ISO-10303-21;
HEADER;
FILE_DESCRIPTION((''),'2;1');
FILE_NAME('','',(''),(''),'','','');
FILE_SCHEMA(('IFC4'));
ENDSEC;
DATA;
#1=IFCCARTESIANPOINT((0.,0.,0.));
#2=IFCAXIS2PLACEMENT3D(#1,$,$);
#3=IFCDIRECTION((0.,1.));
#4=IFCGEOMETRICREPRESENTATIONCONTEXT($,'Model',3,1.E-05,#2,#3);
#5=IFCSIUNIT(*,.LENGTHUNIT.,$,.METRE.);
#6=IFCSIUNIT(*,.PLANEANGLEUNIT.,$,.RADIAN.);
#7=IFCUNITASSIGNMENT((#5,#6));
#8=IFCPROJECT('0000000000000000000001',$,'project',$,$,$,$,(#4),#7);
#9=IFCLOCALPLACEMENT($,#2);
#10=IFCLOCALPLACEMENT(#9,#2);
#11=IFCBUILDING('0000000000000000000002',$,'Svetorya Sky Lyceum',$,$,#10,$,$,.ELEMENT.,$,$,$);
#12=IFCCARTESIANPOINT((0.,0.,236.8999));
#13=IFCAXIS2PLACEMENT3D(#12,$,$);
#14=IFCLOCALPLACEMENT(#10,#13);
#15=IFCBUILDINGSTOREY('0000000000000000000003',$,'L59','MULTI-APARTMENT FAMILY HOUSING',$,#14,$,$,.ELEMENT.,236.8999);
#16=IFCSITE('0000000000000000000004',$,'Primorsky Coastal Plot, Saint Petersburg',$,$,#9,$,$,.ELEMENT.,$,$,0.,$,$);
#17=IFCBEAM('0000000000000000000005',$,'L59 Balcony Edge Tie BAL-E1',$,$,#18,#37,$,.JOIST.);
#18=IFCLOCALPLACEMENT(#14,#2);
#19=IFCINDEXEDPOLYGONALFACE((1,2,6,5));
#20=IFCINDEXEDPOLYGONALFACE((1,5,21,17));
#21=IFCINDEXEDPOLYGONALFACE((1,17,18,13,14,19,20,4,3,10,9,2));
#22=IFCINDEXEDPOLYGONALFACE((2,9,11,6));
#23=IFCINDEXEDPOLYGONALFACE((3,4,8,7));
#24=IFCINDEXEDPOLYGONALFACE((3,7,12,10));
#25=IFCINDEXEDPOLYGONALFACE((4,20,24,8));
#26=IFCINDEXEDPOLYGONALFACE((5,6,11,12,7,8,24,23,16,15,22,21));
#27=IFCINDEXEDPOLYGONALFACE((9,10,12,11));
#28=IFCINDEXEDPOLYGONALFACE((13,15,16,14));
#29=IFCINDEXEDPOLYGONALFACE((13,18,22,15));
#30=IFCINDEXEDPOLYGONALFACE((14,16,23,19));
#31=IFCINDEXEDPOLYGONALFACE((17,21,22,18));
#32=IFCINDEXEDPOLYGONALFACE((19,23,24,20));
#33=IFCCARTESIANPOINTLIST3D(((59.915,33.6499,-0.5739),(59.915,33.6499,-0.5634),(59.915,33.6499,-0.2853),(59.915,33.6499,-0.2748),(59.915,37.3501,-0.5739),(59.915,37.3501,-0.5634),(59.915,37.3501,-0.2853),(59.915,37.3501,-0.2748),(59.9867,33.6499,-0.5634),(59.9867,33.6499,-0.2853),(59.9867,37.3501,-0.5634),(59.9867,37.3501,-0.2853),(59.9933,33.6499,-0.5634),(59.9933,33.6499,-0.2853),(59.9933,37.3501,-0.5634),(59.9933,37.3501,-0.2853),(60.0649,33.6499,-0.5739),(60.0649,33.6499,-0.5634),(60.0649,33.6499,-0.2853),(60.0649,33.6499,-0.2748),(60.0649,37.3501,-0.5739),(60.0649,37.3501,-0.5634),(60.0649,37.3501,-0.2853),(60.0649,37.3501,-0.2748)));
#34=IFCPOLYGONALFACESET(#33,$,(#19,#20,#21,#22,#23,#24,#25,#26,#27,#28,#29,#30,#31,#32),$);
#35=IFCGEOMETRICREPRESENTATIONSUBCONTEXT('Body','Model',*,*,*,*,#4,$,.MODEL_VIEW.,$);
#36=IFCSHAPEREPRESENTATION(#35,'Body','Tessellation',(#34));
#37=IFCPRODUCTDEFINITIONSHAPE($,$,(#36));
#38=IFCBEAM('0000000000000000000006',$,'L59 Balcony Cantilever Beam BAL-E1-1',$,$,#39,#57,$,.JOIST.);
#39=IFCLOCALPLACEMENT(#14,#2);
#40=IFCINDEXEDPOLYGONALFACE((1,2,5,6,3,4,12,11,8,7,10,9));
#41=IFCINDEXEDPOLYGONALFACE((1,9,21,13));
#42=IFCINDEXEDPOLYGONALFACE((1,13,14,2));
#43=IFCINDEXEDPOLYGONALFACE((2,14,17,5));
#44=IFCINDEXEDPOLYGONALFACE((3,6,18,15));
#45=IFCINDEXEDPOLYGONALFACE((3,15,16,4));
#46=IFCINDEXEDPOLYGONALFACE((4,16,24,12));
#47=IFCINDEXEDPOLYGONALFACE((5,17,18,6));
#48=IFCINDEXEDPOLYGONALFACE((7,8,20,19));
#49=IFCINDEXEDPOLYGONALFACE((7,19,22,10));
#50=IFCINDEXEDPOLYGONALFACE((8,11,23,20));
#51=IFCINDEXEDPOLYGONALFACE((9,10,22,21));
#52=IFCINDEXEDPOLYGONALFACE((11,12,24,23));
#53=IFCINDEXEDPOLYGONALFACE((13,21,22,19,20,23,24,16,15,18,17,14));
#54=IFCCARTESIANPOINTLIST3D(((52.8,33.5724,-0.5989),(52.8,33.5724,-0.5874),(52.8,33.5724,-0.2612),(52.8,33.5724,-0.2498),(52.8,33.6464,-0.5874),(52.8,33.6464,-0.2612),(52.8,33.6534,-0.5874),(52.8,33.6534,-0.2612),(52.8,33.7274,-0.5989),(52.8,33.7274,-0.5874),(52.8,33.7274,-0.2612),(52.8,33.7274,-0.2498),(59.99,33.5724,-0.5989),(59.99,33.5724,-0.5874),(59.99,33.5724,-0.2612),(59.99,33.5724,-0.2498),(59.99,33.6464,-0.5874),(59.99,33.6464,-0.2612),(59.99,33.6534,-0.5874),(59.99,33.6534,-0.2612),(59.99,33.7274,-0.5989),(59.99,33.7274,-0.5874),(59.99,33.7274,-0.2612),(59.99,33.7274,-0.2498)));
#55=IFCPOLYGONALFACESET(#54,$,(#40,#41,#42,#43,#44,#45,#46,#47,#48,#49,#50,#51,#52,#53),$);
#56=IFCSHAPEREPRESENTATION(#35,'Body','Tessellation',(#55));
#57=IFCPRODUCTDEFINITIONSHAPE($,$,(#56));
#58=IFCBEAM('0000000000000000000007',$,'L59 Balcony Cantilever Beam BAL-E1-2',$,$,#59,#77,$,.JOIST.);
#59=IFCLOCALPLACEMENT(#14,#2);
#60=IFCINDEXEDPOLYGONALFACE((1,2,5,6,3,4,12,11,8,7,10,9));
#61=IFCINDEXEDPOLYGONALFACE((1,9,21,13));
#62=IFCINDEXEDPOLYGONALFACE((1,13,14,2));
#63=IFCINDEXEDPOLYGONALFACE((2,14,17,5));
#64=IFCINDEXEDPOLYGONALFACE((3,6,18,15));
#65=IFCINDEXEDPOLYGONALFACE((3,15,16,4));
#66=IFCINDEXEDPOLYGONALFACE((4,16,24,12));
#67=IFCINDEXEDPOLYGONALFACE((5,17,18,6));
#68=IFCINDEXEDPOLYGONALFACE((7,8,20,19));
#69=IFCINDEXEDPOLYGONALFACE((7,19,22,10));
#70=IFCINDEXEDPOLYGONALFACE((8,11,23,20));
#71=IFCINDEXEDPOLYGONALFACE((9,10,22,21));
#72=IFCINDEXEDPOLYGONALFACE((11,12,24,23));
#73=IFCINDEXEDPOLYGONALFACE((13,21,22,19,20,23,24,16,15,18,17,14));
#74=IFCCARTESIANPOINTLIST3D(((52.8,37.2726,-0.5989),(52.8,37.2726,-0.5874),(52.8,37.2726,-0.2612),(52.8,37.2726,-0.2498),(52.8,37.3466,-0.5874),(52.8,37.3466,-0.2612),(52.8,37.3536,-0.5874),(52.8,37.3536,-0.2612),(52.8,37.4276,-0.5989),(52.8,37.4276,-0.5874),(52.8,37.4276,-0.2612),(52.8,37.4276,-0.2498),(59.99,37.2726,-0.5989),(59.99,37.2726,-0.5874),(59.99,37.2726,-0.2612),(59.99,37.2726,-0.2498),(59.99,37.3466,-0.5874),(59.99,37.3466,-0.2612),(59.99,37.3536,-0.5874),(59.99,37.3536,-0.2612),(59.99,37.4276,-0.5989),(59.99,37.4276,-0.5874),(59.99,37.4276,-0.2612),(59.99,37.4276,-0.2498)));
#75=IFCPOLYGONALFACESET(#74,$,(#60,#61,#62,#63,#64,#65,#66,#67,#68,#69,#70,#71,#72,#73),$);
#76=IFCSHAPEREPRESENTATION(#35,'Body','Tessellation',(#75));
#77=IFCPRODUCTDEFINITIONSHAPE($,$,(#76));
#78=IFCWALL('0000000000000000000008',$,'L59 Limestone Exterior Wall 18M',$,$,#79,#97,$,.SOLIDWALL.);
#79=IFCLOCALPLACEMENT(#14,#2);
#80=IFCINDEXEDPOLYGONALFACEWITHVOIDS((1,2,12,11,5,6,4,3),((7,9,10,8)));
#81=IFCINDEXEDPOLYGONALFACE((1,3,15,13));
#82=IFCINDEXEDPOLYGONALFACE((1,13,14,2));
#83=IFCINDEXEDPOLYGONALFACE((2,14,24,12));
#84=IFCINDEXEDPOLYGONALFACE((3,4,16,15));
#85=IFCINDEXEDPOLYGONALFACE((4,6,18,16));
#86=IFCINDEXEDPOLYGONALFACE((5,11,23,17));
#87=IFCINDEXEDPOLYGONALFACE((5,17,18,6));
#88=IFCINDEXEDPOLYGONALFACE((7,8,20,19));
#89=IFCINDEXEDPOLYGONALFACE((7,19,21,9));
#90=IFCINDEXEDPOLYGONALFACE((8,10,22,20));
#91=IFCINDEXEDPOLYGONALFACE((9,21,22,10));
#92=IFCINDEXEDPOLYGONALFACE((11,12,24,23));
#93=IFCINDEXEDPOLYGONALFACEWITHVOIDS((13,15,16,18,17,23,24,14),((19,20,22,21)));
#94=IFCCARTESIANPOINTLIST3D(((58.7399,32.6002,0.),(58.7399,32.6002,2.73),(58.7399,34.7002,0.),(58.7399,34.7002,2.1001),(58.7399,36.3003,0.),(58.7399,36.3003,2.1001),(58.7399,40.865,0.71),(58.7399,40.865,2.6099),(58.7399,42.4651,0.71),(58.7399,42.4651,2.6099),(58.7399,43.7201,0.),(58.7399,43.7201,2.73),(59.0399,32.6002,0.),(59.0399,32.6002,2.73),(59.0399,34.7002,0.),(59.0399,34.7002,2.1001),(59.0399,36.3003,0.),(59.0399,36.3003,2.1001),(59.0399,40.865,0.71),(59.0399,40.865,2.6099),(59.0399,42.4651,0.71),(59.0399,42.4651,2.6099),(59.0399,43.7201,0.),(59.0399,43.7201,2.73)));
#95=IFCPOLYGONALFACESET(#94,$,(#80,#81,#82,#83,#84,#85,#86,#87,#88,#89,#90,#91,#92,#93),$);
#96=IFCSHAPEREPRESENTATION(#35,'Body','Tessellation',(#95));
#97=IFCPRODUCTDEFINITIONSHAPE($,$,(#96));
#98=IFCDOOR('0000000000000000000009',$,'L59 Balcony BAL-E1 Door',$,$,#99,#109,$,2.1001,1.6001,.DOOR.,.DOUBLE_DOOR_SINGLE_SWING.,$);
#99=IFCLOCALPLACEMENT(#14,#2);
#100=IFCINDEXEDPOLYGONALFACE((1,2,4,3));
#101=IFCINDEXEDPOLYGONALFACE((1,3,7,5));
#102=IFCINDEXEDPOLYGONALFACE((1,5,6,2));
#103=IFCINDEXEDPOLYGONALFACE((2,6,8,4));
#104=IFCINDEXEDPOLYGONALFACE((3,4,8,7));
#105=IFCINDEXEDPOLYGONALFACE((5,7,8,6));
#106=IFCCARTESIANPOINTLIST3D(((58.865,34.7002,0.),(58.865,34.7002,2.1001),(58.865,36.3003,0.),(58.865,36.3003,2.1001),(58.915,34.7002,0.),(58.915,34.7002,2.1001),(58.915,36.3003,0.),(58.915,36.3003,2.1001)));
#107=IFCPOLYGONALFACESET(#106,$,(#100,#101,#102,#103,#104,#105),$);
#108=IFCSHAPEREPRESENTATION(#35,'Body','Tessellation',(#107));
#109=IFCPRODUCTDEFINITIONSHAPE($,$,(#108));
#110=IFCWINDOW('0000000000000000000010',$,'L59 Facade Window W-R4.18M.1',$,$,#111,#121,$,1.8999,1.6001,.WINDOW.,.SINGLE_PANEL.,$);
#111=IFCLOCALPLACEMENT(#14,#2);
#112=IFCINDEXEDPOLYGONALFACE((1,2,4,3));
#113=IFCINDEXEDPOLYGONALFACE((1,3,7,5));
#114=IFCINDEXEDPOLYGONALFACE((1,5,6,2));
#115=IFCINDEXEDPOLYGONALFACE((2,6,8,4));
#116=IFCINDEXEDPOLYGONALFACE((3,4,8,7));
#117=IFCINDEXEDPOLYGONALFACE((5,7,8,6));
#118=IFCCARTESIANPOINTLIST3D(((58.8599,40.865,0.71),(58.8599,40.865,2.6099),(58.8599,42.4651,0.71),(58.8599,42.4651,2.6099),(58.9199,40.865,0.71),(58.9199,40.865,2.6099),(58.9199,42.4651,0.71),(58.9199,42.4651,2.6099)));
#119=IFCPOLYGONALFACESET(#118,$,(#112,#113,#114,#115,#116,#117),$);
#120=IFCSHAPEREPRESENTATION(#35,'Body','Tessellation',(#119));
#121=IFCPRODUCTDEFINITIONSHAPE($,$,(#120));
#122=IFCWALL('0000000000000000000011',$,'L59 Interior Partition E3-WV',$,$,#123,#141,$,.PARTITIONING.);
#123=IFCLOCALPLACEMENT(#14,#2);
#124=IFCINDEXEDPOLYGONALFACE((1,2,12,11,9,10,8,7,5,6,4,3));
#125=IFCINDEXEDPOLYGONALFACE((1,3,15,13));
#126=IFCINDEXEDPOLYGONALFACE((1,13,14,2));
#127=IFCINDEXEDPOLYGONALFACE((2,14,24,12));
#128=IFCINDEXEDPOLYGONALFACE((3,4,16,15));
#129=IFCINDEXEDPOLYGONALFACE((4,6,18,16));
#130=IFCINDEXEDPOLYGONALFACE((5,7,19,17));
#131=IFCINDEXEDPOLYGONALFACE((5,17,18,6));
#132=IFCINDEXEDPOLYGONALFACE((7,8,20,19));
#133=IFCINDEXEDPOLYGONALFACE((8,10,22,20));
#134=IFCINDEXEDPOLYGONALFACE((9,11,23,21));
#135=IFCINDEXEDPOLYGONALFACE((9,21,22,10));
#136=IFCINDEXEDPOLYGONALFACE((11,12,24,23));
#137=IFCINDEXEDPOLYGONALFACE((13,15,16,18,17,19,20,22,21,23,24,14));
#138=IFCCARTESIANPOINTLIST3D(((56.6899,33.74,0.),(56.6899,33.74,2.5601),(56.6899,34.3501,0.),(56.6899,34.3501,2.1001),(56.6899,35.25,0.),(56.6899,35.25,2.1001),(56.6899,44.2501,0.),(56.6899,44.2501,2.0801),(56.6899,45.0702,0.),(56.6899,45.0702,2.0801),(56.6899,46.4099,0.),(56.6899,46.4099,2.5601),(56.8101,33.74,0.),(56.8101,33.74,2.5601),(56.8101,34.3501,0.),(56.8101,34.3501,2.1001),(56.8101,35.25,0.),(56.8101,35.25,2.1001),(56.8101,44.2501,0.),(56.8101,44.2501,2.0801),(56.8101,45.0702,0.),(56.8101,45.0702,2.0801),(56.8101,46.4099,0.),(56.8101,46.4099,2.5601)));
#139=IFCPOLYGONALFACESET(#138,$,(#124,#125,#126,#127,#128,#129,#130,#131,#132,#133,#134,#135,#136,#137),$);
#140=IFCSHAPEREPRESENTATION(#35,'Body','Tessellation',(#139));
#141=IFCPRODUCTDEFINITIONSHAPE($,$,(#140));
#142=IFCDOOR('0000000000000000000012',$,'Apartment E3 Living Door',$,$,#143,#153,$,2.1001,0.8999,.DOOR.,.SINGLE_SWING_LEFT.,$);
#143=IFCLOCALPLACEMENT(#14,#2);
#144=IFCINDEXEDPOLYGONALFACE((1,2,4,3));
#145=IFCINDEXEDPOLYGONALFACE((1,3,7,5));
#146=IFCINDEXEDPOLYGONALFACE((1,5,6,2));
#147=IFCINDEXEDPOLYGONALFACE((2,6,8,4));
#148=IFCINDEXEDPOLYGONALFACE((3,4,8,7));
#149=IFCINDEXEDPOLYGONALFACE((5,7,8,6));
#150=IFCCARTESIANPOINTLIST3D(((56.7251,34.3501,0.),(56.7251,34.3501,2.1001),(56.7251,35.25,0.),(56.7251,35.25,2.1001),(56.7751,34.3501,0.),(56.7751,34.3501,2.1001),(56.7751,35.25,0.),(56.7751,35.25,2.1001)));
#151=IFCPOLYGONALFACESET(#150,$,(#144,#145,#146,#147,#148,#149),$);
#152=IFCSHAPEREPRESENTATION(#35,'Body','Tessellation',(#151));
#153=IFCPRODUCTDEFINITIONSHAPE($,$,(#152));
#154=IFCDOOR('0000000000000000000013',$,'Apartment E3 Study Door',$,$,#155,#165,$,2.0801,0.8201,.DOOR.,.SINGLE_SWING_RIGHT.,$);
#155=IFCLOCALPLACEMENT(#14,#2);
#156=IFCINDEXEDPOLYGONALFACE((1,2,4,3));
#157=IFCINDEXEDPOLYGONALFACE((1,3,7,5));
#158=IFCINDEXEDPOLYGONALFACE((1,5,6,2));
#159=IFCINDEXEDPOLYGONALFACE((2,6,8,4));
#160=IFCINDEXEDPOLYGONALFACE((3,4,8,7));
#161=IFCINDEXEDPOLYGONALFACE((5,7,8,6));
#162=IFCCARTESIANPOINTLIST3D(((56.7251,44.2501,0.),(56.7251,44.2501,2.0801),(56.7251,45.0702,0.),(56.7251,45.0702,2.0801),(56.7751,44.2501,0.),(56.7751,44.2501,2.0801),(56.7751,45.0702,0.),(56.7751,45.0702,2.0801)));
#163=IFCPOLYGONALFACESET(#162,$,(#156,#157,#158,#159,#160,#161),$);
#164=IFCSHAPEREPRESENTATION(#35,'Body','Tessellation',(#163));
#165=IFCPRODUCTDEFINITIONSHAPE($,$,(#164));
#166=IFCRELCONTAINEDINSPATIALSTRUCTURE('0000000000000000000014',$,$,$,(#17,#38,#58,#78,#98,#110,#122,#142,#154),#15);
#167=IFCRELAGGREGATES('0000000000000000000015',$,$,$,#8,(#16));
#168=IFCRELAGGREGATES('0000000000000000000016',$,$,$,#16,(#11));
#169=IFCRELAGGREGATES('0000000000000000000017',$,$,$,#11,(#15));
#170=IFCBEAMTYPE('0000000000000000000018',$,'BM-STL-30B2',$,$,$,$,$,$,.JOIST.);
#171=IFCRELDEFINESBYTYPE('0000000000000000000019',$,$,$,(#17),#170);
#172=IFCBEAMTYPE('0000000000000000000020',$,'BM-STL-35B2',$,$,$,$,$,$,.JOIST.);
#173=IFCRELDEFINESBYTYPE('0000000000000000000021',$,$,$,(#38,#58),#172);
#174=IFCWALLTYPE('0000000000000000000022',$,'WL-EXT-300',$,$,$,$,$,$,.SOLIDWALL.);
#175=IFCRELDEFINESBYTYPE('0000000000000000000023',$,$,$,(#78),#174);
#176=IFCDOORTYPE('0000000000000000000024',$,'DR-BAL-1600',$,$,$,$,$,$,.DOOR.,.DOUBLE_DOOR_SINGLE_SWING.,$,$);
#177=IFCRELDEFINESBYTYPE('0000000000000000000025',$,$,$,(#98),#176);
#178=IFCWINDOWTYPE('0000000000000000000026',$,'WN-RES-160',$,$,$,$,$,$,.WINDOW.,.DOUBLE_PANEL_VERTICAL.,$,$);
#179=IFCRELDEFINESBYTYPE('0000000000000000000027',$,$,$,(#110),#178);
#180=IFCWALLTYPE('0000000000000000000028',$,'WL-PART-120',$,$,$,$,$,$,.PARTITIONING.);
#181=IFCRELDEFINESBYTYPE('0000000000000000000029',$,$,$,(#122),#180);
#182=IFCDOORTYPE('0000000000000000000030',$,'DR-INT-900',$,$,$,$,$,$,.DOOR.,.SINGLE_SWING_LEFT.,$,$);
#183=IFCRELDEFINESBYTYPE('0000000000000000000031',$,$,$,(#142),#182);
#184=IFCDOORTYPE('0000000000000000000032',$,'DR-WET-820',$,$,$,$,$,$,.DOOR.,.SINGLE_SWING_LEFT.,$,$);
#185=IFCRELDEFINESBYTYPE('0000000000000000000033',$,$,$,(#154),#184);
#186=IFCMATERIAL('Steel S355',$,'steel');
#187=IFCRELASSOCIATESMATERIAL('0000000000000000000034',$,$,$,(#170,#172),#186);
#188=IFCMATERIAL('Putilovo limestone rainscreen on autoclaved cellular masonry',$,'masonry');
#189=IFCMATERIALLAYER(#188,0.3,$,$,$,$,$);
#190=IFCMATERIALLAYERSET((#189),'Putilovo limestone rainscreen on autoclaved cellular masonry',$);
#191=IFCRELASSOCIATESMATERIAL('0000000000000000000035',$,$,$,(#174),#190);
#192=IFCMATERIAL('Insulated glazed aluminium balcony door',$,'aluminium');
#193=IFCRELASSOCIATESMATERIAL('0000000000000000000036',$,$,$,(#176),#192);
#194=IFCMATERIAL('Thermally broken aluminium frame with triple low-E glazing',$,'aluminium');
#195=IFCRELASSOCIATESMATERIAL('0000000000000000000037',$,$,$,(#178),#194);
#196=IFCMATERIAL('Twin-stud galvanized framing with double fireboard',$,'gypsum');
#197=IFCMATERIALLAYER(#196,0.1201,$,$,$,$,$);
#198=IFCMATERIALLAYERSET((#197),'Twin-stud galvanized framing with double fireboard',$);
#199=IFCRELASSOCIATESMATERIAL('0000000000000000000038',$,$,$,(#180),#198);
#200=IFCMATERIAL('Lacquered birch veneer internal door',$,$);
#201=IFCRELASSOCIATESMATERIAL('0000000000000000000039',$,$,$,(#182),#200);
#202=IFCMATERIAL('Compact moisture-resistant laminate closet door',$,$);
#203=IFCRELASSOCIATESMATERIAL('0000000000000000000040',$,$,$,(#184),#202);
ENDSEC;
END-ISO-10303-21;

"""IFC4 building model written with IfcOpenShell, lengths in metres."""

from ifc_helpers import new_model, si_unit, direction, frame, frame_2d, origin, origin_2d, place, context, subcontext, project, spatial, rectangle, i_section, extrude, material, layer, layer_set, material_profile, profile_set, type_object, element, fill, save


model = new_model("IFC4")

# Units and contexts
model_context = context("Model", 3, precision=1e-05, world=origin(), true_north=direction((0.0, 1.0)))
body_context = subcontext(model_context, "Body", "Model", "MODEL_VIEW")
ifc_project = project(units=[si_unit("LENGTHUNIT", "METRE"), si_unit("PLANEANGLEUNIT", "RADIAN")], contexts=[model_context])

# Site, building, storey
site_placement = place(None, origin())
site = spatial("IfcSite", under=ifc_project, at=site_placement, Name="Primorsky Coastal Plot, Saint Petersburg", CompositionType="ELEMENT", RefElevation=0.0)
building_placement = place(site_placement, origin())
building = spatial("IfcBuilding", under=site, at=building_placement, Name="Svetorya Sky Lyceum", CompositionType="ELEMENT")
storey_placement = place(building_placement, frame((0.0, 0.0, 236.8999)))
storey = spatial("IfcBuildingStorey", under=building, at=storey_placement, Name="L59", Description="MULTI-APARTMENT FAMILY HOUSING", CompositionType="ELEMENT", Elevation=236.8999)

# Beams
ifc_material_1 = material(Name="Steel S355", Category="steel")
ifc_material_profile_1 = material_profile(ifc_material_1, i_section(OverallWidth=0.1499, OverallDepth=0.2991, WebThickness=0.0066, FlangeThickness=0.0105, at=origin_2d()), Name="GOST 30B2")
ifc_profile_set_1 = profile_set([ifc_material_profile_1], Name="Steel S355")
beam_type_1 = type_object("IfcBeamType", Name="BM-STL-30B2", PredefinedType="JOIST", material=ifc_profile_set_1)
beam_placement = place(storey_placement, frame((59.99, 33.6499, -0.4243), z_axis=(0.0, 1.0, 0.0), x_axis=(-1.0, 0.0, 0.0)))
element("IfcBeam", 1, at=beam_placement, inside=storey, type_object=beam_type_1, Name="L59 Balcony Edge Tie BAL-E1", PredefinedType="JOIST", context=body_context, shape_type="SweptSolid", body=[
    extrude(i_section(OverallWidth=0.1499, OverallDepth=0.2991, WebThickness=0.0066, FlangeThickness=0.0105, at=origin_2d()), origin(), (0.0, 0.0, 1.0), 3.7002),
])
ifc_material_profile_2 = material_profile(ifc_material_1, i_section(OverallWidth=0.155, OverallDepth=0.3491, WebThickness=0.0071, FlangeThickness=0.0115, at=origin_2d()), Name="GOST 35B2")
ifc_profile_set_2 = profile_set([ifc_material_profile_2], Name="Steel S355")
beam_type_2 = type_object("IfcBeamType", Name="BM-STL-35B2", PredefinedType="JOIST", material=ifc_profile_set_2)
for number, where, z_axis, x_axis, name in (
    (2, (52.8, 33.6499, -0.4243), (1.0, 0.0, 0.0), (0.0, 1.0, 0.0), "L59 Balcony Cantilever Beam BAL-E1-1"),
    (3, (52.8, 37.3501, -0.4243), (1.0, 0.0, 0.0), (0.0, 1.0, 0.0), "L59 Balcony Cantilever Beam BAL-E1-2"),
):
    element("IfcBeam", number, at=place(storey_placement, frame(where, z_axis=z_axis, x_axis=x_axis)), inside=storey, type_object=beam_type_2, Name=name, PredefinedType="JOIST", context=body_context, shape_type="SweptSolid", body=[
        extrude(i_section(OverallWidth=0.155, OverallDepth=0.3491, WebThickness=0.0071, FlangeThickness=0.0115, at=origin_2d()), origin(), (0.0, 0.0, 1.0), 7.1899),
    ])

# Wall, openings, door, window
ifc_material_2 = material(Name="Putilovo limestone rainscreen on autoclaved cellular masonry", Category="masonry")
ifc_layer_1 = layer(ifc_material_2, 0.3)
ifc_layer_set_1 = layer_set([ifc_layer_1], Name="Putilovo limestone rainscreen on autoclaved cellular masonry")
wall_type_1 = type_object("IfcWallType", Name="WL-EXT-300", PredefinedType="SOLIDWALL", material=ifc_layer_set_1)
wall_1_placement = place(storey_placement, frame((58.8899, 32.6001, 0.0), z_axis=(0.0, 0.0, 1.0), x_axis=(0.0, 1.0, 0.0)))
wall_1 = element("IfcWall", 4, at=wall_1_placement, inside=storey, type_object=wall_type_1, Name="L59 Limestone Exterior Wall 18M", PredefinedType="SOLIDWALL", context=body_context, shape_type="SweptSolid", body=[
    extrude(rectangle(XDim=11.1199, YDim=0.3, at=frame_2d((5.5601, 0.0))), origin(), (0.0, 0.0, 1.0), 2.73),
])
opening_1_placement = place(wall_1_placement, frame((2.1001, 0.0, 0.0)))
opening_1 = element("IfcOpeningElement", 5, at=opening_1_placement, cuts=wall_1, PredefinedType="OPENING", context=body_context, shape_type="SweptSolid", body=[
    extrude(rectangle(XDim=1.6001, YDim=2.1001, at=frame_2d((0.8, 1.05))), frame((0.0, 0.1599, 0.0), z_axis=(0.0, -1.0, 0.0), x_axis=(1.0, 0.0, 0.0)), (0.0, 0.0, 1.0), 0.3201),
])
opening_2_placement = place(wall_1_placement, frame((8.2649, 0.0, 0.71)))
opening_2 = element("IfcOpeningElement", 6, at=opening_2_placement, cuts=wall_1, PredefinedType="OPENING", context=body_context, shape_type="SweptSolid", body=[
    extrude(rectangle(XDim=1.6001, YDim=1.8999, at=frame_2d((0.8, 0.95))), frame((0.0, 0.1599, 0.0), z_axis=(0.0, -1.0, 0.0), x_axis=(1.0, 0.0, 0.0)), (0.0, 0.0, 1.0), 0.3201),
])
ifc_material_3 = material(Name="Insulated glazed aluminium balcony door", Category="aluminium")
door_type_1 = type_object("IfcDoorType", Name="DR-BAL-1600", OperationType="DOUBLE_DOOR_SINGLE_SWING", PredefinedType="DOOR", material=ifc_material_3)
door_1_placement = place(opening_1_placement, origin())
door_1 = element("IfcDoor", 7, at=door_1_placement, inside=storey, type_object=door_type_1, Name="L59 Balcony BAL-E1 Door", OperationType="DOUBLE_DOOR_SINGLE_SWING", OverallHeight=2.1001, OverallWidth=1.6001, PredefinedType="DOOR", context=body_context, shape_type="SweptSolid", body=[
    extrude(rectangle(XDim=1.6001, YDim=2.1001, at=frame_2d((0.8, 1.05))), frame((0.0, 0.0249, 0.0), z_axis=(0.0, -1.0, 0.0), x_axis=(1.0, 0.0, 0.0)), (0.0, 0.0, 1.0), 0.05),
])
fill(opening_1, door_1)
ifc_material_4 = material(Name="Thermally broken aluminium frame with triple low-E glazing", Category="aluminium")
window_type = type_object("IfcWindowType", Name="WN-RES-160", PartitioningType="DOUBLE_PANEL_VERTICAL", PredefinedType="WINDOW", material=ifc_material_4)
window_placement = place(opening_2_placement, origin())
window = element("IfcWindow", 8, at=window_placement, inside=storey, type_object=window_type, Name="L59 Facade Window W-R4.18M.1", OverallHeight=1.8999, OverallWidth=1.6001, PartitioningType="SINGLE_PANEL", PredefinedType="WINDOW", context=body_context, shape_type="SweptSolid", body=[
    extrude(rectangle(XDim=1.6001, YDim=1.8999, at=frame_2d((0.8, 0.95))), frame((0.0, 0.03, 0.0), z_axis=(0.0, -1.0, 0.0), x_axis=(1.0, 0.0, 0.0)), (0.0, 0.0, 1.0), 0.0601),
])
fill(opening_2, window)

# Wall, openings, doors
ifc_material_5 = material(Name="Twin-stud galvanized framing with double fireboard", Category="gypsum")
ifc_layer_2 = layer(ifc_material_5, 0.1201)
ifc_layer_set_2 = layer_set([ifc_layer_2], Name="Twin-stud galvanized framing with double fireboard")
wall_type_2 = type_object("IfcWallType", Name="WL-PART-120", PredefinedType="PARTITIONING", material=ifc_layer_set_2)
wall_2_placement = place(storey_placement, frame((56.75, 33.74, 0.0), z_axis=(0.0, 0.0, 1.0), x_axis=(0.0, 1.0, 0.0)))
wall_2 = element("IfcWall", 9, at=wall_2_placement, inside=storey, type_object=wall_type_2, Name="L59 Interior Partition E3-WV", PredefinedType="PARTITIONING", context=body_context, shape_type="SweptSolid", body=[
    extrude(rectangle(XDim=12.6699, YDim=0.1201, at=frame_2d((6.335, 0.0))), origin(), (0.0, 0.0, 1.0), 2.5601),
])
opening_3_placement = place(wall_2_placement, frame((0.6101, 0.0, 0.0)))
opening_3 = element("IfcOpeningElement", 10, at=opening_3_placement, cuts=wall_2, PredefinedType="OPENING", context=body_context, shape_type="SweptSolid", body=[
    extrude(rectangle(XDim=0.8999, YDim=2.1001, at=frame_2d((0.45, 1.05))), frame((0.0, 0.0701, 0.0), z_axis=(0.0, -1.0, 0.0), x_axis=(1.0, 0.0, 0.0)), (0.0, 0.0, 1.0), 0.1401),
])
opening_4_placement = place(wall_2_placement, frame((10.51, 0.0, 0.0)))
opening_4 = element("IfcOpeningElement", 11, at=opening_4_placement, cuts=wall_2, PredefinedType="OPENING", context=body_context, shape_type="SweptSolid", body=[
    extrude(rectangle(XDim=0.8201, YDim=2.0801, at=frame_2d((0.4102, 1.04))), frame((0.0, 0.0701, 0.0), z_axis=(0.0, -1.0, 0.0), x_axis=(1.0, 0.0, 0.0)), (0.0, 0.0, 1.0), 0.1401),
])
ifc_material_6 = material(Name="Lacquered birch veneer internal door")
door_type_2 = type_object("IfcDoorType", Name="DR-INT-900", OperationType="SINGLE_SWING_LEFT", PredefinedType="DOOR", material=ifc_material_6)
door_2_placement = place(opening_3_placement, origin())
door_2 = element("IfcDoor", 12, at=door_2_placement, inside=storey, type_object=door_type_2, Name="Apartment E3 Living Door", OperationType="SINGLE_SWING_LEFT", OverallHeight=2.1001, OverallWidth=0.8999, PredefinedType="DOOR", context=body_context, shape_type="SweptSolid", body=[
    extrude(rectangle(XDim=0.8999, YDim=2.1001, at=frame_2d((0.45, 1.05))), frame((0.0, 0.0249, 0.0), z_axis=(0.0, -1.0, 0.0), x_axis=(1.0, 0.0, 0.0)), (0.0, 0.0, 1.0), 0.05),
])
fill(opening_3, door_2)
ifc_material_7 = material(Name="Compact moisture-resistant laminate closet door")
door_type_3 = type_object("IfcDoorType", Name="DR-WET-820", OperationType="SINGLE_SWING_LEFT", PredefinedType="DOOR", material=ifc_material_7)
door_3_placement = place(opening_4_placement, origin())
door_3 = element("IfcDoor", 13, at=door_3_placement, inside=storey, type_object=door_type_3, Name="Apartment E3 Study Door", OperationType="SINGLE_SWING_RIGHT", OverallHeight=2.0801, OverallWidth=0.8201, PredefinedType="DOOR", context=body_context, shape_type="SweptSolid", body=[
    extrude(rectangle(XDim=0.8201, YDim=2.0801, at=frame_2d((0.4102, 1.04))), frame((0.0, 0.0249, 0.0), z_axis=(0.0, -1.0, 0.0), x_axis=(1.0, 0.0, 0.0)), (0.0, 0.0, 1.0), 0.05),
])
fill(opening_4, door_3)

save(model, "model.ifc")
